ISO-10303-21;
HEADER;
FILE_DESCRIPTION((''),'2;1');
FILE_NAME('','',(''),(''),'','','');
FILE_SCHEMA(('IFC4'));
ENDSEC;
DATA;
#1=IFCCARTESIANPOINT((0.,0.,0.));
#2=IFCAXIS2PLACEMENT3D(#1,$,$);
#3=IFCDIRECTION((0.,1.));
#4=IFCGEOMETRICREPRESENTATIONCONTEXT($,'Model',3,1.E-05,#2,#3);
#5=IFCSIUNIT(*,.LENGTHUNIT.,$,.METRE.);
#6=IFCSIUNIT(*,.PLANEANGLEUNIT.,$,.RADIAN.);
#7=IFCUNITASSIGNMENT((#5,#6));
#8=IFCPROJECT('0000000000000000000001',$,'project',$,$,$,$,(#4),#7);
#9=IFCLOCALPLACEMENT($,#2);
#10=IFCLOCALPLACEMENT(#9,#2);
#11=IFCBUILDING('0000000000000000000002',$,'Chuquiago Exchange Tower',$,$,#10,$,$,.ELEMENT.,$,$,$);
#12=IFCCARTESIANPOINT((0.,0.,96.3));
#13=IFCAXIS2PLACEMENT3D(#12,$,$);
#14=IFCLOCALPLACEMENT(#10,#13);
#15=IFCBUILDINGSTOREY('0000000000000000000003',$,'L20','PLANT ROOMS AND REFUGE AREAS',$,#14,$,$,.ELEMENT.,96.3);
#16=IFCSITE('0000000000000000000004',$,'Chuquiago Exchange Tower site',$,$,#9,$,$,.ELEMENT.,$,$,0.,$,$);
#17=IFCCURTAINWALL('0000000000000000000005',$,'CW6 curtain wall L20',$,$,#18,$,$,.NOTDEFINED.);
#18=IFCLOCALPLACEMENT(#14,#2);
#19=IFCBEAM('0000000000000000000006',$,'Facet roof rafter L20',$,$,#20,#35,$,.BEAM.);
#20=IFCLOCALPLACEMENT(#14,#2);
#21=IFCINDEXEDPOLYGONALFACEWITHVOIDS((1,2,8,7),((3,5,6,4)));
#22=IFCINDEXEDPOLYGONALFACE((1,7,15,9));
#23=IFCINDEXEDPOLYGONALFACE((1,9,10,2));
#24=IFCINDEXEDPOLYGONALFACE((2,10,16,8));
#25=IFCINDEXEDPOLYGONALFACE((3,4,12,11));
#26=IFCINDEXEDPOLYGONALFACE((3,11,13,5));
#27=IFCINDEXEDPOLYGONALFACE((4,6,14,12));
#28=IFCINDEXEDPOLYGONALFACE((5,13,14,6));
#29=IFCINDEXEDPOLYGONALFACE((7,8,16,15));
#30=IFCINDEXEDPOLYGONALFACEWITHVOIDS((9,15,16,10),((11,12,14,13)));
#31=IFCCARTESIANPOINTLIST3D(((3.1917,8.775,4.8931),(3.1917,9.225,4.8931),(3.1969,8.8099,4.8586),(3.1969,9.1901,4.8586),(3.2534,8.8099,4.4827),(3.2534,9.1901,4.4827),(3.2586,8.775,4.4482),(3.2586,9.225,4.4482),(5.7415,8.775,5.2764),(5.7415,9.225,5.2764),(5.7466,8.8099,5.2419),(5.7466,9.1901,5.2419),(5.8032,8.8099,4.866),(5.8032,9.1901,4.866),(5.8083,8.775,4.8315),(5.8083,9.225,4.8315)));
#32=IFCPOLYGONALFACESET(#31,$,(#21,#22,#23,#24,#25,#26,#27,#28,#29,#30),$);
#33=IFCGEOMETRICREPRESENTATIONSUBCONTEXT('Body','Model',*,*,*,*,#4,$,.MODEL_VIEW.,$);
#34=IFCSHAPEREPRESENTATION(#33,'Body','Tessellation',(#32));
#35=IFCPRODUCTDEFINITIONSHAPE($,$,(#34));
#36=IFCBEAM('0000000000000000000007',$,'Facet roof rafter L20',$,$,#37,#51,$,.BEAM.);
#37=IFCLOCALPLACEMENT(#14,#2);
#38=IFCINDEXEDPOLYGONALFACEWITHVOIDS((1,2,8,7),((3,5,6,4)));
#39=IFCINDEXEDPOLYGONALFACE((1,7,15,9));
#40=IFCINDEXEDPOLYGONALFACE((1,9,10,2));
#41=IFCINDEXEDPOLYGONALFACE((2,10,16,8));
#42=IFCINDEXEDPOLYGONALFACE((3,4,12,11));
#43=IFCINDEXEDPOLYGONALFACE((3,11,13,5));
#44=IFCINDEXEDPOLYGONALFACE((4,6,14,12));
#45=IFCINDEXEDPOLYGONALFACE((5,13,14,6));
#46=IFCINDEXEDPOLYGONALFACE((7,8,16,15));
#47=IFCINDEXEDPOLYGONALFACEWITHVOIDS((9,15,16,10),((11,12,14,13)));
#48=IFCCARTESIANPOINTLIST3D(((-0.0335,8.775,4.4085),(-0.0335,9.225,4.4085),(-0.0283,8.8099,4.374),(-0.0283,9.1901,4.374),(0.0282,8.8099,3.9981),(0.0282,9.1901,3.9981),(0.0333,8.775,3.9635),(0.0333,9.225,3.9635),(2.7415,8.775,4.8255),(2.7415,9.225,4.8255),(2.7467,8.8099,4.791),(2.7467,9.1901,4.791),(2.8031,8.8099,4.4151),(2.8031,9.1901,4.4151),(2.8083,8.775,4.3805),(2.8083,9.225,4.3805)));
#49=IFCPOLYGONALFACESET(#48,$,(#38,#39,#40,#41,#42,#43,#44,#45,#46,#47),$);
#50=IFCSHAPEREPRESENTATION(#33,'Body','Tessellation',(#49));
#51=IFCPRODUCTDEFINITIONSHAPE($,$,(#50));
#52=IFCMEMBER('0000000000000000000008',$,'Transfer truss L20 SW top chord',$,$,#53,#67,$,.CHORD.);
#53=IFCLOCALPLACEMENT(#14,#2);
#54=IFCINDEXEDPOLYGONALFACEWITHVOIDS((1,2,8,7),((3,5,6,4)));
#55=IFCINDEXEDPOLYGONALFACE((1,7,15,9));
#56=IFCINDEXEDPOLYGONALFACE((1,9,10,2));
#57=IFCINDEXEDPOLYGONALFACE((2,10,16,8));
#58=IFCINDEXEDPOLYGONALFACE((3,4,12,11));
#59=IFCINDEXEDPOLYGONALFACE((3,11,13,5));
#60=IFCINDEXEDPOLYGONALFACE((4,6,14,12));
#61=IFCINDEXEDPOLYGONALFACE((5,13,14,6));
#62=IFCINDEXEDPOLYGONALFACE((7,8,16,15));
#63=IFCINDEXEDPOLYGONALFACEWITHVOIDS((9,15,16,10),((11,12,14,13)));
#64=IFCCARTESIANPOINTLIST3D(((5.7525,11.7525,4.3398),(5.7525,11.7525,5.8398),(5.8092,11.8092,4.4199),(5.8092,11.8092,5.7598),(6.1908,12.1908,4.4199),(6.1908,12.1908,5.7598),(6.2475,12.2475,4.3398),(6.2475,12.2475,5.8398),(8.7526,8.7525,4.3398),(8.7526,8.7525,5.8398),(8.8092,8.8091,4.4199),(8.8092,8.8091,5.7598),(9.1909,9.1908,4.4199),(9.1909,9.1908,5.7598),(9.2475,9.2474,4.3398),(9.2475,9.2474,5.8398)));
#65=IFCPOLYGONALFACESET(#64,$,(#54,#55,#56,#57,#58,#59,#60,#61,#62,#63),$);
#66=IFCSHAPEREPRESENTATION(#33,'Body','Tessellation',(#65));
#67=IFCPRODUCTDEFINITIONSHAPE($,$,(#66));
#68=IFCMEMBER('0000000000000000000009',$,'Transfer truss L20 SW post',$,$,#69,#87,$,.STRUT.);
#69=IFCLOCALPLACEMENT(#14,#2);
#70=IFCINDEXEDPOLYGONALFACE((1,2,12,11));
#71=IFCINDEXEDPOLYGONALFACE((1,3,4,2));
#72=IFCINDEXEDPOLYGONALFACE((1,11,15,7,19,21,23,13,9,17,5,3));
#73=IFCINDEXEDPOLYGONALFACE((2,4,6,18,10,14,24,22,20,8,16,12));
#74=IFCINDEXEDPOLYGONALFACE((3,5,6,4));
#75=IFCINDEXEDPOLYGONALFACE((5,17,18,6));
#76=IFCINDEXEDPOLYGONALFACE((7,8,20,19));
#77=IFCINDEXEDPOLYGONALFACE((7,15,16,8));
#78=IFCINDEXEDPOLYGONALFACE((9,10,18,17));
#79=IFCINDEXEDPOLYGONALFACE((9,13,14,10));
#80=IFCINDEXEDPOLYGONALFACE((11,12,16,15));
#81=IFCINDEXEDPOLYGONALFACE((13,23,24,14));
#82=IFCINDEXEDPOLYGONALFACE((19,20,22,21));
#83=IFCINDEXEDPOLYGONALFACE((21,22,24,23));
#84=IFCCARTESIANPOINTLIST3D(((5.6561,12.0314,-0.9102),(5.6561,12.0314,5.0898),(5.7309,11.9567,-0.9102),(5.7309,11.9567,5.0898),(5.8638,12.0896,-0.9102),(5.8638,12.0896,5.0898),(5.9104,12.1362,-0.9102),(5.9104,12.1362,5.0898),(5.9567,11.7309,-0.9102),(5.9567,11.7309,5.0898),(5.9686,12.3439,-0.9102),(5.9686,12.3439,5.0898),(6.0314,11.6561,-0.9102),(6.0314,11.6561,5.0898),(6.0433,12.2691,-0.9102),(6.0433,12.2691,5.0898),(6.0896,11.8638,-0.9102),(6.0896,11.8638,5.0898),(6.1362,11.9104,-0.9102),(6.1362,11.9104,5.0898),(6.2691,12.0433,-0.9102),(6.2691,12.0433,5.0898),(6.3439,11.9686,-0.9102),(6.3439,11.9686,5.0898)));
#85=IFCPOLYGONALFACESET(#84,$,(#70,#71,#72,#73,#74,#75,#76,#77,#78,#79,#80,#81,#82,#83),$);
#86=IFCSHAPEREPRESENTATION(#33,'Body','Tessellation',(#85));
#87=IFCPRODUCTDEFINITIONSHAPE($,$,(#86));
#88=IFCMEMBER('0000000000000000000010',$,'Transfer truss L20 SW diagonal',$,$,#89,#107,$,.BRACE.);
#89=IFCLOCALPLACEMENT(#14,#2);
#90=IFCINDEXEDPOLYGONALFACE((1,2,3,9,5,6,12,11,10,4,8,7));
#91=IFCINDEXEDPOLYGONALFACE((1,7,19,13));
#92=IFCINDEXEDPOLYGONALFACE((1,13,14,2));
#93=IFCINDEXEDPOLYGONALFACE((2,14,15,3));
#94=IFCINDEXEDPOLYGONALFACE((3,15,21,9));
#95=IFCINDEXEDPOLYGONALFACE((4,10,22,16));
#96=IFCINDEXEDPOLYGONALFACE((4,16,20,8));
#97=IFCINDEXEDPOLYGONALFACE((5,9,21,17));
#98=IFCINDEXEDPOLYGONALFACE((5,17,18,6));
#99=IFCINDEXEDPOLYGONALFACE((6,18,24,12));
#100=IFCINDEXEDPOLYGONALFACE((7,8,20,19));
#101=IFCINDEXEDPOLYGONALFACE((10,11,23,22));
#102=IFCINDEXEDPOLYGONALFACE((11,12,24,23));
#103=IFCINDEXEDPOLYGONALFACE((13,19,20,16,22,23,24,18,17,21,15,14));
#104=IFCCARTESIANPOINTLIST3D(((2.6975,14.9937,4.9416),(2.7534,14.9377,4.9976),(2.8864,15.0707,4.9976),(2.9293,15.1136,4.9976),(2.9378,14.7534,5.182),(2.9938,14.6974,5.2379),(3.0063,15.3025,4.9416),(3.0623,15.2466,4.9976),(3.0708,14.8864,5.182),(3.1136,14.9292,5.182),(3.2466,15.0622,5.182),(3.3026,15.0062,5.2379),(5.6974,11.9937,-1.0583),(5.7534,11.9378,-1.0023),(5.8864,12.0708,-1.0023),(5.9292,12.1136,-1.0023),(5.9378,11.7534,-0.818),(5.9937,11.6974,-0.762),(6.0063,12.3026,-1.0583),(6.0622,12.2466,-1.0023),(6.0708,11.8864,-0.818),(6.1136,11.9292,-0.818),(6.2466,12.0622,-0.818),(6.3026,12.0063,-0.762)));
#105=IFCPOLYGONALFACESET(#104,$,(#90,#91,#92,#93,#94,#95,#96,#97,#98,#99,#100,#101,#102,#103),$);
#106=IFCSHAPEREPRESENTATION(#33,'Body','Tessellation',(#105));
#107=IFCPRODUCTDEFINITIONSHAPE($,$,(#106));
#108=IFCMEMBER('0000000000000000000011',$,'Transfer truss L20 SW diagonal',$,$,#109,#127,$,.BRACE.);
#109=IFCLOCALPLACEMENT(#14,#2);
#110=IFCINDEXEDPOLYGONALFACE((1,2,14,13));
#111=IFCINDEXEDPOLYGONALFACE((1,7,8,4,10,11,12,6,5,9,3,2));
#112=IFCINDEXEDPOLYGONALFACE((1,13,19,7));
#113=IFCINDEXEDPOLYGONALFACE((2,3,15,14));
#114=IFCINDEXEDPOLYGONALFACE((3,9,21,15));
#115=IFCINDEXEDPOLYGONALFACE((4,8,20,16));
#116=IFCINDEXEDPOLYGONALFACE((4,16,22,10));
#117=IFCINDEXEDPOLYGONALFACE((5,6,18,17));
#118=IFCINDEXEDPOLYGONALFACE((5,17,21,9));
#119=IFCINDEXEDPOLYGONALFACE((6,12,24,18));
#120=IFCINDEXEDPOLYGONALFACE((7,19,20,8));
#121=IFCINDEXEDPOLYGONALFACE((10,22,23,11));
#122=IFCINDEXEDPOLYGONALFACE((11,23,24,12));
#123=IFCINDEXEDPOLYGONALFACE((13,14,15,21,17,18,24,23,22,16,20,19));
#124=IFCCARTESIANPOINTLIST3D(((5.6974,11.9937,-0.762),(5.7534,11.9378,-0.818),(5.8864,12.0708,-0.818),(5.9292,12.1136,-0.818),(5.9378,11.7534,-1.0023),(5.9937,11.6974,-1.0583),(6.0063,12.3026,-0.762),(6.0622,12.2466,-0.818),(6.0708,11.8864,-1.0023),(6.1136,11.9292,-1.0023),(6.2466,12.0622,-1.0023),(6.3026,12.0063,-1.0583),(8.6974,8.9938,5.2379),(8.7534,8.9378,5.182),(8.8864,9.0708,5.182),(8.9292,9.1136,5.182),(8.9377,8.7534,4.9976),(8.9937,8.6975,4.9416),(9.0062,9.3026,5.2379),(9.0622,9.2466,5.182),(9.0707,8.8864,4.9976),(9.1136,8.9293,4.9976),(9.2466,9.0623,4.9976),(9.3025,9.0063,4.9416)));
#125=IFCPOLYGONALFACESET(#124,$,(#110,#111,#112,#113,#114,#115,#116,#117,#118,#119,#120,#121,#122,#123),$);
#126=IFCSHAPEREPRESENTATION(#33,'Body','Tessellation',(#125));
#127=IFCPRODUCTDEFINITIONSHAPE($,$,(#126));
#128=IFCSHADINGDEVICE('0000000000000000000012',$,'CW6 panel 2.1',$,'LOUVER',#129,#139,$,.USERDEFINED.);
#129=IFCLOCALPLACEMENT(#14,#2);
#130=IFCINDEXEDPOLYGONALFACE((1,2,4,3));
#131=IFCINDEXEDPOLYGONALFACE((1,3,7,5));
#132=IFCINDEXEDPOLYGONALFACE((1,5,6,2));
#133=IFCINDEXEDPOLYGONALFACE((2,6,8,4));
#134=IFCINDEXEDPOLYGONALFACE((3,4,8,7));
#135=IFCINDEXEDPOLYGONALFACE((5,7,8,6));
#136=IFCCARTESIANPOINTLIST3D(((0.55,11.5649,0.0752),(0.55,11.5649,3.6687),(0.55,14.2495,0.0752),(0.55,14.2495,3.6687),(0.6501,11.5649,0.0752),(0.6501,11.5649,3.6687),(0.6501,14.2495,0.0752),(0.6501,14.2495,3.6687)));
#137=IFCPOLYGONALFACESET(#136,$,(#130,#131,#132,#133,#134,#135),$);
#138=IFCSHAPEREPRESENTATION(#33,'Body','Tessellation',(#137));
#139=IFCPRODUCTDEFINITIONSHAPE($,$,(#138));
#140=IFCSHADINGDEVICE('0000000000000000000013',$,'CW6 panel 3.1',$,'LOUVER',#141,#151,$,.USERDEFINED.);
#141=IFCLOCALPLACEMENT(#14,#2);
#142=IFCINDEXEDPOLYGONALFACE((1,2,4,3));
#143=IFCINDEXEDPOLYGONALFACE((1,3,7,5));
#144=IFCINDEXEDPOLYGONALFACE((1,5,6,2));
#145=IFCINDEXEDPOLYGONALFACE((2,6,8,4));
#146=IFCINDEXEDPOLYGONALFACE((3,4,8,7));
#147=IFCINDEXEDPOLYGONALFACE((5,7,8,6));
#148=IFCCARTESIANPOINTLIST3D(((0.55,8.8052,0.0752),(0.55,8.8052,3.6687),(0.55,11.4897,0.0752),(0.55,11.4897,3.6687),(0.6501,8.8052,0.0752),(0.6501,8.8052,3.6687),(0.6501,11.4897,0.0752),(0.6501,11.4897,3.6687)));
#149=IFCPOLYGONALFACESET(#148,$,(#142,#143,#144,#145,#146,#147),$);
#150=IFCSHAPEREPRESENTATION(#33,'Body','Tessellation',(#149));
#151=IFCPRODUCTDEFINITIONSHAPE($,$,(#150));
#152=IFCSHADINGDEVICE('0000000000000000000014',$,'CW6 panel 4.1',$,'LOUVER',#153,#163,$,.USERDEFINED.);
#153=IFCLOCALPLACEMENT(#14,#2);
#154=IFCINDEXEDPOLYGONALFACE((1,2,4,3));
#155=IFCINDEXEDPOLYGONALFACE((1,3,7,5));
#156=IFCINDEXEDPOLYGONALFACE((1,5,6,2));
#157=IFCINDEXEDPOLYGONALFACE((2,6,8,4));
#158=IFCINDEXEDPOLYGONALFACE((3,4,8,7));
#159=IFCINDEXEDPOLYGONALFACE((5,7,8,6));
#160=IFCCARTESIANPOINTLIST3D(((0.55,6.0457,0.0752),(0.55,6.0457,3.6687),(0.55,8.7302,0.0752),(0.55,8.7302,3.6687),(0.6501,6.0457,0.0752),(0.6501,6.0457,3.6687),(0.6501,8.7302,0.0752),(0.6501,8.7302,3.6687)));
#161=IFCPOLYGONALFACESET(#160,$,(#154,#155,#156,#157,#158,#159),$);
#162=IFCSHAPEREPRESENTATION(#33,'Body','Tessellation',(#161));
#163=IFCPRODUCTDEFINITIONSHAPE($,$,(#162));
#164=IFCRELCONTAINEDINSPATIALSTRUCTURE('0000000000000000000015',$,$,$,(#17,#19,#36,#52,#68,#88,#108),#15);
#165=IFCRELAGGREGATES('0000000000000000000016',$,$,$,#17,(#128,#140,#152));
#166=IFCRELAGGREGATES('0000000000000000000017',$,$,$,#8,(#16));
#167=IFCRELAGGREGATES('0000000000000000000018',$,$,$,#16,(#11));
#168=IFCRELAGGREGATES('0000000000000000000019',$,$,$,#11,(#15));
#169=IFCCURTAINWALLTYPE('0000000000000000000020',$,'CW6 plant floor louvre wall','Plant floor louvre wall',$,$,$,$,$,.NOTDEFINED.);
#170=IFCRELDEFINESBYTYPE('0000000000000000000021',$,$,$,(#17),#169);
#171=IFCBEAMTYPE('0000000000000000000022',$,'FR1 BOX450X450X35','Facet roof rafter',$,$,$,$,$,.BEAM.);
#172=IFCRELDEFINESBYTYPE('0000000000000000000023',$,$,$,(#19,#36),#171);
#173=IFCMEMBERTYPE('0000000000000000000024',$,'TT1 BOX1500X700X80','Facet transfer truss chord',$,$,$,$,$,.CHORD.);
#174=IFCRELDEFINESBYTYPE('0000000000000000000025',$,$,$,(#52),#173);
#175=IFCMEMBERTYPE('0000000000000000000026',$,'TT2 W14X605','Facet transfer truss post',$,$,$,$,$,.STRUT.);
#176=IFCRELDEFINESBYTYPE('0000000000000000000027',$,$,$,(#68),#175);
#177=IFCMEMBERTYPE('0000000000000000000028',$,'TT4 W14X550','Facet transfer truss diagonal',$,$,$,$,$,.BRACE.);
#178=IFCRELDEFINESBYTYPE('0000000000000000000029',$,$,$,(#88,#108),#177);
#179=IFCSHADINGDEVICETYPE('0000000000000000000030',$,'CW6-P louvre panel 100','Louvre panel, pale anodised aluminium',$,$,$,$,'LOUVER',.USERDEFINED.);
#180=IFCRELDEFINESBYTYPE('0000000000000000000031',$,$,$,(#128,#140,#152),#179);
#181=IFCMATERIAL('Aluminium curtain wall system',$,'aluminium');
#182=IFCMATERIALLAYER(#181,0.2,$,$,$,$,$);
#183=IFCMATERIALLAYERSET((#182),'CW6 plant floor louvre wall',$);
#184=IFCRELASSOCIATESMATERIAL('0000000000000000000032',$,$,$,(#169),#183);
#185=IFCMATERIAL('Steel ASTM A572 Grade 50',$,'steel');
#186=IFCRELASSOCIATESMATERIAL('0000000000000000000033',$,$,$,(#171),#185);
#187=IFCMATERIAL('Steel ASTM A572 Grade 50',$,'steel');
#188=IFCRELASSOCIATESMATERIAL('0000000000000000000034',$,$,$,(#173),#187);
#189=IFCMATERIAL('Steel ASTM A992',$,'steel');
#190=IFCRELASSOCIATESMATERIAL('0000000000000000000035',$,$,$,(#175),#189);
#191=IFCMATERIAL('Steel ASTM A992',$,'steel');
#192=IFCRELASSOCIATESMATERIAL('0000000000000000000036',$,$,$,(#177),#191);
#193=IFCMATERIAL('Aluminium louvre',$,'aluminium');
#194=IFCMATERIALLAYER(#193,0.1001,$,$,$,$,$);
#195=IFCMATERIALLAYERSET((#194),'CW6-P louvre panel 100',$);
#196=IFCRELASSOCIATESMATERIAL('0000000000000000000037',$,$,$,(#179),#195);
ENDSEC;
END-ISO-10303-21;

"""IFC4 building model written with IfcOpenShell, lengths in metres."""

from ifc_helpers import new_model, si_unit, direction, frame, origin, origin_2d, place, context, subcontext, project, spatial, rectangle, hollow_rectangle, i_section, extrude, material, layer, layer_set, material_profile, profile_set, type_object, element, aggregate, save


model = new_model("IFC4")

# Units and contexts
model_context = context("Model", 3, precision=1e-05, world=origin(), true_north=direction((0.0, 1.0)))
body_context = subcontext(model_context, "Body", "Model", "MODEL_VIEW")
ifc_project = project(units=[si_unit("LENGTHUNIT", "METRE"), si_unit("PLANEANGLEUNIT", "RADIAN")], contexts=[model_context])

# Site, building, storey
site_placement = place(None, origin())
site = spatial("IfcSite", under=ifc_project, at=site_placement, Name="Chuquiago Exchange Tower site", CompositionType="ELEMENT", RefElevation=0.0)
building_placement = place(site_placement, origin())
building = spatial("IfcBuilding", under=site, at=building_placement, Name="Chuquiago Exchange Tower", CompositionType="ELEMENT")
storey_placement = place(building_placement, frame((0.0, 0.0, 96.3)))
storey = spatial("IfcBuildingStorey", under=building, at=storey_placement, Name="L20", Description="PLANT ROOMS AND REFUGE AREAS", CompositionType="ELEMENT", Elevation=96.3)

# Curtain wall
ifc_material_1 = material(Name="Aluminium curtain wall system", Category="aluminium")
ifc_layer_1 = layer(ifc_material_1, 0.2)
ifc_layer_set_1 = layer_set([ifc_layer_1], Name="CW6 plant floor louvre wall")
curtain_wall_type = type_object("IfcCurtainWallType", Name="CW6 plant floor louvre wall", Description="Plant floor louvre wall", PredefinedType="NOTDEFINED", material=ifc_layer_set_1)
curtain_wall_placement = place(storey_placement, origin())
curtain_wall = element("IfcCurtainWall", 1, at=curtain_wall_placement, inside=storey, type_object=curtain_wall_type, Name="CW6 curtain wall L20", PredefinedType="NOTDEFINED")

# Beams
ifc_material_2 = material(Name="Steel ASTM A572 Grade 50", Category="steel")
ifc_material_profile_1 = material_profile(ifc_material_2, hollow_rectangle(XDim=0.45, YDim=0.45, WallThickness=0.0349, at=origin_2d()), Name="BOX450X450X35")
ifc_profile_set_1 = profile_set([ifc_material_profile_1], Name="Steel ASTM A572 Grade 50")
beam_type_1 = type_object("IfcBeamType", Name="FR1 BOX450X450X35", Description="Facet roof rafter", PredefinedType="BEAM", material=ifc_profile_set_1)
beam_1_placement = place(storey_placement, frame((5.7749, 9.0, 5.054), z_axis=(-0.988889, 0.0, -0.148655), x_axis=(0.0, -1.0, 0.0)))
element("IfcBeam", 2, at=beam_1_placement, inside=storey, type_object=beam_type_1, Name="Facet roof rafter L20", PredefinedType="BEAM", context=body_context, shape_type="SweptSolid", body=[
    extrude(hollow_rectangle(XDim=0.45, YDim=0.45, WallThickness=0.0349, at=origin_2d()), origin(), (0.0, 0.0, 1.0), 2.5784),
])
beam_2_placement = place(storey_placement, frame((2.7749, 9.0, 4.603), z_axis=(-0.988897, 0.0, -0.148604), x_axis=(0.0, -1.0, 0.0)))
element("IfcBeam", 3, at=beam_2_placement, inside=storey, type_object=beam_type_1, Name="Facet roof rafter L20", PredefinedType="BEAM", context=body_context, shape_type="SweptSolid", body=[
    extrude(hollow_rectangle(XDim=0.45, YDim=0.45, WallThickness=0.0349, at=origin_2d()), origin(), (0.0, 0.0, 1.0), 2.8062),
])

# Members
ifc_material_3 = material(Name="Steel ASTM A572 Grade 50", Category="steel")
ifc_material_profile_2 = material_profile(ifc_material_3, hollow_rectangle(XDim=0.7, YDim=1.5, WallThickness=0.0801, at=origin_2d()), Name="BOX1500X700X80")
ifc_profile_set_2 = profile_set([ifc_material_profile_2], Name="Steel ASTM A572 Grade 50")
member_type_1 = type_object("IfcMemberType", Name="TT1 BOX1500X700X80", Description="Facet transfer truss chord", PredefinedType="CHORD", material=ifc_profile_set_2)
member_1_placement = place(storey_placement, frame((6.0, 12.0, 5.0898), z_axis=(0.707107, -0.707107, 0.0), x_axis=(0.707107, 0.707107, 0.0)))
element("IfcMember", 4, at=member_1_placement, inside=storey, type_object=member_type_1, Name="Transfer truss L20 SW top chord", PredefinedType="CHORD", context=body_context, shape_type="SweptSolid", body=[
    extrude(hollow_rectangle(XDim=0.7, YDim=1.5, WallThickness=0.0801, at=origin_2d()), origin(), (0.0, 0.0, 1.0), 4.2427),
])
ifc_material_4 = material(Name="Steel ASTM A992", Category="steel")
ifc_material_profile_3 = material_profile(ifc_material_4, i_section(OverallWidth=0.4419, OverallDepth=0.5308, WebThickness=0.0659, FlangeThickness=0.1057, at=origin_2d()), Name="W14X605")
ifc_profile_set_3 = profile_set([ifc_material_profile_3], Name="Steel ASTM A992")
member_type_2 = type_object("IfcMemberType", Name="TT2 W14X605", Description="Facet transfer truss post", PredefinedType="STRUT", material=ifc_profile_set_3)
member_2_placement = place(storey_placement, frame((6.0, 12.0, -0.9102), z_axis=(0.0, 0.0, 1.0), x_axis=(-0.707107, -0.707107, 0.0)))
element("IfcMember", 5, at=member_2_placement, inside=storey, type_object=member_type_2, Name="Transfer truss L20 SW post", PredefinedType="STRUT", context=body_context, shape_type="SweptSolid", body=[
    extrude(i_section(OverallWidth=0.4419, OverallDepth=0.5308, WebThickness=0.0659, FlangeThickness=0.1057, at=origin_2d()), origin(), (0.0, 0.0, 1.0), 6.0),
])
ifc_material_5 = material(Name="Steel ASTM A992", Category="steel")
ifc_material_profile_4 = material_profile(ifc_material_5, i_section(OverallWidth=0.4368, OverallDepth=0.5132, WebThickness=0.0605, FlangeThickness=0.0969, at=origin_2d()), Name="W14X550")
ifc_profile_set_4 = profile_set([ifc_material_profile_4], Name="Steel ASTM A992")
member_type_3 = type_object("IfcMemberType", Name="TT4 W14X550", Description="Facet transfer truss diagonal", PredefinedType="BRACE", material=ifc_profile_set_4)
for number, where, z_axis, x_axis, name in (
    (6, (6.0, 12.0, -0.9102), (-0.408248, 0.408248, 0.816497), (-0.707107, -0.707107, 0.0), "Transfer truss L20 SW diagonal"),
    (7, (6.0, 12.0, -0.9102), (0.408248, -0.408248, 0.816497), (0.707107, 0.707107, 0.0), "Transfer truss L20 SW diagonal"),
):
    element("IfcMember", number, at=place(storey_placement, frame(where, z_axis=z_axis, x_axis=x_axis)), inside=storey, type_object=member_type_3, Name=name, PredefinedType="BRACE", context=body_context, shape_type="SweptSolid", body=[
        extrude(i_section(OverallWidth=0.4368, OverallDepth=0.5132, WebThickness=0.0605, FlangeThickness=0.0969, at=origin_2d()), origin(), (0.0, 0.0, 1.0), 7.3484),
    ])

# Shading devices
ifc_material_6 = material(Name="Aluminium louvre", Category="aluminium")
ifc_layer_2 = layer(ifc_material_6, 0.1001)
ifc_layer_set_2 = layer_set([ifc_layer_2], Name="CW6-P louvre panel 100")
shading_device_type = type_object("IfcShadingDeviceType", Name="CW6-P louvre panel 100", Description="Louvre panel, pale anodised aluminium", ElementType="LOUVER", PredefinedType="USERDEFINED", material=ifc_layer_set_2)
shading_device_1_placement = place(storey_placement, frame((0.6001, 12.9072, 0.0752), z_axis=(0.0, 0.0, 1.0), x_axis=(0.0, -1.0, 0.0)))
shading_device_1 = element("IfcShadingDevice", 8, at=shading_device_1_placement, type_object=shading_device_type, Name="CW6 panel 2.1", ObjectType="LOUVER", PredefinedType="USERDEFINED", context=body_context, shape_type="SweptSolid", body=[
    extrude(rectangle(XDim=2.6846, YDim=0.1001, at=origin_2d()), origin(), (0.0, 0.0, 1.0), 3.5935),
])
shading_device_2_placement = place(storey_placement, frame((0.6001, 10.1475, 0.0752), z_axis=(0.0, 0.0, 1.0), x_axis=(0.0, -1.0, 0.0)))
shading_device_2 = element("IfcShadingDevice", 9, at=shading_device_2_placement, type_object=shading_device_type, Name="CW6 panel 3.1", ObjectType="LOUVER", PredefinedType="USERDEFINED", context=body_context, shape_type="SweptSolid", body=[
    extrude(rectangle(XDim=2.6846, YDim=0.1001, at=origin_2d()), origin(), (0.0, 0.0, 1.0), 3.5935),
])
shading_device_3_placement = place(storey_placement, frame((0.6001, 7.3879, 0.0752), z_axis=(0.0, 0.0, 1.0), x_axis=(0.0, -1.0, 0.0)))
shading_device_3 = element("IfcShadingDevice", 10, at=shading_device_3_placement, type_object=shading_device_type, Name="CW6 panel 4.1", ObjectType="LOUVER", PredefinedType="USERDEFINED", context=body_context, shape_type="SweptSolid", body=[
    extrude(rectangle(XDim=2.6846, YDim=0.1001, at=origin_2d()), origin(), (0.0, 0.0, 1.0), 3.5935),
])
aggregate(curtain_wall, [shading_device_1, shading_device_2, shading_device_3])

save(model, "model.ifc")
